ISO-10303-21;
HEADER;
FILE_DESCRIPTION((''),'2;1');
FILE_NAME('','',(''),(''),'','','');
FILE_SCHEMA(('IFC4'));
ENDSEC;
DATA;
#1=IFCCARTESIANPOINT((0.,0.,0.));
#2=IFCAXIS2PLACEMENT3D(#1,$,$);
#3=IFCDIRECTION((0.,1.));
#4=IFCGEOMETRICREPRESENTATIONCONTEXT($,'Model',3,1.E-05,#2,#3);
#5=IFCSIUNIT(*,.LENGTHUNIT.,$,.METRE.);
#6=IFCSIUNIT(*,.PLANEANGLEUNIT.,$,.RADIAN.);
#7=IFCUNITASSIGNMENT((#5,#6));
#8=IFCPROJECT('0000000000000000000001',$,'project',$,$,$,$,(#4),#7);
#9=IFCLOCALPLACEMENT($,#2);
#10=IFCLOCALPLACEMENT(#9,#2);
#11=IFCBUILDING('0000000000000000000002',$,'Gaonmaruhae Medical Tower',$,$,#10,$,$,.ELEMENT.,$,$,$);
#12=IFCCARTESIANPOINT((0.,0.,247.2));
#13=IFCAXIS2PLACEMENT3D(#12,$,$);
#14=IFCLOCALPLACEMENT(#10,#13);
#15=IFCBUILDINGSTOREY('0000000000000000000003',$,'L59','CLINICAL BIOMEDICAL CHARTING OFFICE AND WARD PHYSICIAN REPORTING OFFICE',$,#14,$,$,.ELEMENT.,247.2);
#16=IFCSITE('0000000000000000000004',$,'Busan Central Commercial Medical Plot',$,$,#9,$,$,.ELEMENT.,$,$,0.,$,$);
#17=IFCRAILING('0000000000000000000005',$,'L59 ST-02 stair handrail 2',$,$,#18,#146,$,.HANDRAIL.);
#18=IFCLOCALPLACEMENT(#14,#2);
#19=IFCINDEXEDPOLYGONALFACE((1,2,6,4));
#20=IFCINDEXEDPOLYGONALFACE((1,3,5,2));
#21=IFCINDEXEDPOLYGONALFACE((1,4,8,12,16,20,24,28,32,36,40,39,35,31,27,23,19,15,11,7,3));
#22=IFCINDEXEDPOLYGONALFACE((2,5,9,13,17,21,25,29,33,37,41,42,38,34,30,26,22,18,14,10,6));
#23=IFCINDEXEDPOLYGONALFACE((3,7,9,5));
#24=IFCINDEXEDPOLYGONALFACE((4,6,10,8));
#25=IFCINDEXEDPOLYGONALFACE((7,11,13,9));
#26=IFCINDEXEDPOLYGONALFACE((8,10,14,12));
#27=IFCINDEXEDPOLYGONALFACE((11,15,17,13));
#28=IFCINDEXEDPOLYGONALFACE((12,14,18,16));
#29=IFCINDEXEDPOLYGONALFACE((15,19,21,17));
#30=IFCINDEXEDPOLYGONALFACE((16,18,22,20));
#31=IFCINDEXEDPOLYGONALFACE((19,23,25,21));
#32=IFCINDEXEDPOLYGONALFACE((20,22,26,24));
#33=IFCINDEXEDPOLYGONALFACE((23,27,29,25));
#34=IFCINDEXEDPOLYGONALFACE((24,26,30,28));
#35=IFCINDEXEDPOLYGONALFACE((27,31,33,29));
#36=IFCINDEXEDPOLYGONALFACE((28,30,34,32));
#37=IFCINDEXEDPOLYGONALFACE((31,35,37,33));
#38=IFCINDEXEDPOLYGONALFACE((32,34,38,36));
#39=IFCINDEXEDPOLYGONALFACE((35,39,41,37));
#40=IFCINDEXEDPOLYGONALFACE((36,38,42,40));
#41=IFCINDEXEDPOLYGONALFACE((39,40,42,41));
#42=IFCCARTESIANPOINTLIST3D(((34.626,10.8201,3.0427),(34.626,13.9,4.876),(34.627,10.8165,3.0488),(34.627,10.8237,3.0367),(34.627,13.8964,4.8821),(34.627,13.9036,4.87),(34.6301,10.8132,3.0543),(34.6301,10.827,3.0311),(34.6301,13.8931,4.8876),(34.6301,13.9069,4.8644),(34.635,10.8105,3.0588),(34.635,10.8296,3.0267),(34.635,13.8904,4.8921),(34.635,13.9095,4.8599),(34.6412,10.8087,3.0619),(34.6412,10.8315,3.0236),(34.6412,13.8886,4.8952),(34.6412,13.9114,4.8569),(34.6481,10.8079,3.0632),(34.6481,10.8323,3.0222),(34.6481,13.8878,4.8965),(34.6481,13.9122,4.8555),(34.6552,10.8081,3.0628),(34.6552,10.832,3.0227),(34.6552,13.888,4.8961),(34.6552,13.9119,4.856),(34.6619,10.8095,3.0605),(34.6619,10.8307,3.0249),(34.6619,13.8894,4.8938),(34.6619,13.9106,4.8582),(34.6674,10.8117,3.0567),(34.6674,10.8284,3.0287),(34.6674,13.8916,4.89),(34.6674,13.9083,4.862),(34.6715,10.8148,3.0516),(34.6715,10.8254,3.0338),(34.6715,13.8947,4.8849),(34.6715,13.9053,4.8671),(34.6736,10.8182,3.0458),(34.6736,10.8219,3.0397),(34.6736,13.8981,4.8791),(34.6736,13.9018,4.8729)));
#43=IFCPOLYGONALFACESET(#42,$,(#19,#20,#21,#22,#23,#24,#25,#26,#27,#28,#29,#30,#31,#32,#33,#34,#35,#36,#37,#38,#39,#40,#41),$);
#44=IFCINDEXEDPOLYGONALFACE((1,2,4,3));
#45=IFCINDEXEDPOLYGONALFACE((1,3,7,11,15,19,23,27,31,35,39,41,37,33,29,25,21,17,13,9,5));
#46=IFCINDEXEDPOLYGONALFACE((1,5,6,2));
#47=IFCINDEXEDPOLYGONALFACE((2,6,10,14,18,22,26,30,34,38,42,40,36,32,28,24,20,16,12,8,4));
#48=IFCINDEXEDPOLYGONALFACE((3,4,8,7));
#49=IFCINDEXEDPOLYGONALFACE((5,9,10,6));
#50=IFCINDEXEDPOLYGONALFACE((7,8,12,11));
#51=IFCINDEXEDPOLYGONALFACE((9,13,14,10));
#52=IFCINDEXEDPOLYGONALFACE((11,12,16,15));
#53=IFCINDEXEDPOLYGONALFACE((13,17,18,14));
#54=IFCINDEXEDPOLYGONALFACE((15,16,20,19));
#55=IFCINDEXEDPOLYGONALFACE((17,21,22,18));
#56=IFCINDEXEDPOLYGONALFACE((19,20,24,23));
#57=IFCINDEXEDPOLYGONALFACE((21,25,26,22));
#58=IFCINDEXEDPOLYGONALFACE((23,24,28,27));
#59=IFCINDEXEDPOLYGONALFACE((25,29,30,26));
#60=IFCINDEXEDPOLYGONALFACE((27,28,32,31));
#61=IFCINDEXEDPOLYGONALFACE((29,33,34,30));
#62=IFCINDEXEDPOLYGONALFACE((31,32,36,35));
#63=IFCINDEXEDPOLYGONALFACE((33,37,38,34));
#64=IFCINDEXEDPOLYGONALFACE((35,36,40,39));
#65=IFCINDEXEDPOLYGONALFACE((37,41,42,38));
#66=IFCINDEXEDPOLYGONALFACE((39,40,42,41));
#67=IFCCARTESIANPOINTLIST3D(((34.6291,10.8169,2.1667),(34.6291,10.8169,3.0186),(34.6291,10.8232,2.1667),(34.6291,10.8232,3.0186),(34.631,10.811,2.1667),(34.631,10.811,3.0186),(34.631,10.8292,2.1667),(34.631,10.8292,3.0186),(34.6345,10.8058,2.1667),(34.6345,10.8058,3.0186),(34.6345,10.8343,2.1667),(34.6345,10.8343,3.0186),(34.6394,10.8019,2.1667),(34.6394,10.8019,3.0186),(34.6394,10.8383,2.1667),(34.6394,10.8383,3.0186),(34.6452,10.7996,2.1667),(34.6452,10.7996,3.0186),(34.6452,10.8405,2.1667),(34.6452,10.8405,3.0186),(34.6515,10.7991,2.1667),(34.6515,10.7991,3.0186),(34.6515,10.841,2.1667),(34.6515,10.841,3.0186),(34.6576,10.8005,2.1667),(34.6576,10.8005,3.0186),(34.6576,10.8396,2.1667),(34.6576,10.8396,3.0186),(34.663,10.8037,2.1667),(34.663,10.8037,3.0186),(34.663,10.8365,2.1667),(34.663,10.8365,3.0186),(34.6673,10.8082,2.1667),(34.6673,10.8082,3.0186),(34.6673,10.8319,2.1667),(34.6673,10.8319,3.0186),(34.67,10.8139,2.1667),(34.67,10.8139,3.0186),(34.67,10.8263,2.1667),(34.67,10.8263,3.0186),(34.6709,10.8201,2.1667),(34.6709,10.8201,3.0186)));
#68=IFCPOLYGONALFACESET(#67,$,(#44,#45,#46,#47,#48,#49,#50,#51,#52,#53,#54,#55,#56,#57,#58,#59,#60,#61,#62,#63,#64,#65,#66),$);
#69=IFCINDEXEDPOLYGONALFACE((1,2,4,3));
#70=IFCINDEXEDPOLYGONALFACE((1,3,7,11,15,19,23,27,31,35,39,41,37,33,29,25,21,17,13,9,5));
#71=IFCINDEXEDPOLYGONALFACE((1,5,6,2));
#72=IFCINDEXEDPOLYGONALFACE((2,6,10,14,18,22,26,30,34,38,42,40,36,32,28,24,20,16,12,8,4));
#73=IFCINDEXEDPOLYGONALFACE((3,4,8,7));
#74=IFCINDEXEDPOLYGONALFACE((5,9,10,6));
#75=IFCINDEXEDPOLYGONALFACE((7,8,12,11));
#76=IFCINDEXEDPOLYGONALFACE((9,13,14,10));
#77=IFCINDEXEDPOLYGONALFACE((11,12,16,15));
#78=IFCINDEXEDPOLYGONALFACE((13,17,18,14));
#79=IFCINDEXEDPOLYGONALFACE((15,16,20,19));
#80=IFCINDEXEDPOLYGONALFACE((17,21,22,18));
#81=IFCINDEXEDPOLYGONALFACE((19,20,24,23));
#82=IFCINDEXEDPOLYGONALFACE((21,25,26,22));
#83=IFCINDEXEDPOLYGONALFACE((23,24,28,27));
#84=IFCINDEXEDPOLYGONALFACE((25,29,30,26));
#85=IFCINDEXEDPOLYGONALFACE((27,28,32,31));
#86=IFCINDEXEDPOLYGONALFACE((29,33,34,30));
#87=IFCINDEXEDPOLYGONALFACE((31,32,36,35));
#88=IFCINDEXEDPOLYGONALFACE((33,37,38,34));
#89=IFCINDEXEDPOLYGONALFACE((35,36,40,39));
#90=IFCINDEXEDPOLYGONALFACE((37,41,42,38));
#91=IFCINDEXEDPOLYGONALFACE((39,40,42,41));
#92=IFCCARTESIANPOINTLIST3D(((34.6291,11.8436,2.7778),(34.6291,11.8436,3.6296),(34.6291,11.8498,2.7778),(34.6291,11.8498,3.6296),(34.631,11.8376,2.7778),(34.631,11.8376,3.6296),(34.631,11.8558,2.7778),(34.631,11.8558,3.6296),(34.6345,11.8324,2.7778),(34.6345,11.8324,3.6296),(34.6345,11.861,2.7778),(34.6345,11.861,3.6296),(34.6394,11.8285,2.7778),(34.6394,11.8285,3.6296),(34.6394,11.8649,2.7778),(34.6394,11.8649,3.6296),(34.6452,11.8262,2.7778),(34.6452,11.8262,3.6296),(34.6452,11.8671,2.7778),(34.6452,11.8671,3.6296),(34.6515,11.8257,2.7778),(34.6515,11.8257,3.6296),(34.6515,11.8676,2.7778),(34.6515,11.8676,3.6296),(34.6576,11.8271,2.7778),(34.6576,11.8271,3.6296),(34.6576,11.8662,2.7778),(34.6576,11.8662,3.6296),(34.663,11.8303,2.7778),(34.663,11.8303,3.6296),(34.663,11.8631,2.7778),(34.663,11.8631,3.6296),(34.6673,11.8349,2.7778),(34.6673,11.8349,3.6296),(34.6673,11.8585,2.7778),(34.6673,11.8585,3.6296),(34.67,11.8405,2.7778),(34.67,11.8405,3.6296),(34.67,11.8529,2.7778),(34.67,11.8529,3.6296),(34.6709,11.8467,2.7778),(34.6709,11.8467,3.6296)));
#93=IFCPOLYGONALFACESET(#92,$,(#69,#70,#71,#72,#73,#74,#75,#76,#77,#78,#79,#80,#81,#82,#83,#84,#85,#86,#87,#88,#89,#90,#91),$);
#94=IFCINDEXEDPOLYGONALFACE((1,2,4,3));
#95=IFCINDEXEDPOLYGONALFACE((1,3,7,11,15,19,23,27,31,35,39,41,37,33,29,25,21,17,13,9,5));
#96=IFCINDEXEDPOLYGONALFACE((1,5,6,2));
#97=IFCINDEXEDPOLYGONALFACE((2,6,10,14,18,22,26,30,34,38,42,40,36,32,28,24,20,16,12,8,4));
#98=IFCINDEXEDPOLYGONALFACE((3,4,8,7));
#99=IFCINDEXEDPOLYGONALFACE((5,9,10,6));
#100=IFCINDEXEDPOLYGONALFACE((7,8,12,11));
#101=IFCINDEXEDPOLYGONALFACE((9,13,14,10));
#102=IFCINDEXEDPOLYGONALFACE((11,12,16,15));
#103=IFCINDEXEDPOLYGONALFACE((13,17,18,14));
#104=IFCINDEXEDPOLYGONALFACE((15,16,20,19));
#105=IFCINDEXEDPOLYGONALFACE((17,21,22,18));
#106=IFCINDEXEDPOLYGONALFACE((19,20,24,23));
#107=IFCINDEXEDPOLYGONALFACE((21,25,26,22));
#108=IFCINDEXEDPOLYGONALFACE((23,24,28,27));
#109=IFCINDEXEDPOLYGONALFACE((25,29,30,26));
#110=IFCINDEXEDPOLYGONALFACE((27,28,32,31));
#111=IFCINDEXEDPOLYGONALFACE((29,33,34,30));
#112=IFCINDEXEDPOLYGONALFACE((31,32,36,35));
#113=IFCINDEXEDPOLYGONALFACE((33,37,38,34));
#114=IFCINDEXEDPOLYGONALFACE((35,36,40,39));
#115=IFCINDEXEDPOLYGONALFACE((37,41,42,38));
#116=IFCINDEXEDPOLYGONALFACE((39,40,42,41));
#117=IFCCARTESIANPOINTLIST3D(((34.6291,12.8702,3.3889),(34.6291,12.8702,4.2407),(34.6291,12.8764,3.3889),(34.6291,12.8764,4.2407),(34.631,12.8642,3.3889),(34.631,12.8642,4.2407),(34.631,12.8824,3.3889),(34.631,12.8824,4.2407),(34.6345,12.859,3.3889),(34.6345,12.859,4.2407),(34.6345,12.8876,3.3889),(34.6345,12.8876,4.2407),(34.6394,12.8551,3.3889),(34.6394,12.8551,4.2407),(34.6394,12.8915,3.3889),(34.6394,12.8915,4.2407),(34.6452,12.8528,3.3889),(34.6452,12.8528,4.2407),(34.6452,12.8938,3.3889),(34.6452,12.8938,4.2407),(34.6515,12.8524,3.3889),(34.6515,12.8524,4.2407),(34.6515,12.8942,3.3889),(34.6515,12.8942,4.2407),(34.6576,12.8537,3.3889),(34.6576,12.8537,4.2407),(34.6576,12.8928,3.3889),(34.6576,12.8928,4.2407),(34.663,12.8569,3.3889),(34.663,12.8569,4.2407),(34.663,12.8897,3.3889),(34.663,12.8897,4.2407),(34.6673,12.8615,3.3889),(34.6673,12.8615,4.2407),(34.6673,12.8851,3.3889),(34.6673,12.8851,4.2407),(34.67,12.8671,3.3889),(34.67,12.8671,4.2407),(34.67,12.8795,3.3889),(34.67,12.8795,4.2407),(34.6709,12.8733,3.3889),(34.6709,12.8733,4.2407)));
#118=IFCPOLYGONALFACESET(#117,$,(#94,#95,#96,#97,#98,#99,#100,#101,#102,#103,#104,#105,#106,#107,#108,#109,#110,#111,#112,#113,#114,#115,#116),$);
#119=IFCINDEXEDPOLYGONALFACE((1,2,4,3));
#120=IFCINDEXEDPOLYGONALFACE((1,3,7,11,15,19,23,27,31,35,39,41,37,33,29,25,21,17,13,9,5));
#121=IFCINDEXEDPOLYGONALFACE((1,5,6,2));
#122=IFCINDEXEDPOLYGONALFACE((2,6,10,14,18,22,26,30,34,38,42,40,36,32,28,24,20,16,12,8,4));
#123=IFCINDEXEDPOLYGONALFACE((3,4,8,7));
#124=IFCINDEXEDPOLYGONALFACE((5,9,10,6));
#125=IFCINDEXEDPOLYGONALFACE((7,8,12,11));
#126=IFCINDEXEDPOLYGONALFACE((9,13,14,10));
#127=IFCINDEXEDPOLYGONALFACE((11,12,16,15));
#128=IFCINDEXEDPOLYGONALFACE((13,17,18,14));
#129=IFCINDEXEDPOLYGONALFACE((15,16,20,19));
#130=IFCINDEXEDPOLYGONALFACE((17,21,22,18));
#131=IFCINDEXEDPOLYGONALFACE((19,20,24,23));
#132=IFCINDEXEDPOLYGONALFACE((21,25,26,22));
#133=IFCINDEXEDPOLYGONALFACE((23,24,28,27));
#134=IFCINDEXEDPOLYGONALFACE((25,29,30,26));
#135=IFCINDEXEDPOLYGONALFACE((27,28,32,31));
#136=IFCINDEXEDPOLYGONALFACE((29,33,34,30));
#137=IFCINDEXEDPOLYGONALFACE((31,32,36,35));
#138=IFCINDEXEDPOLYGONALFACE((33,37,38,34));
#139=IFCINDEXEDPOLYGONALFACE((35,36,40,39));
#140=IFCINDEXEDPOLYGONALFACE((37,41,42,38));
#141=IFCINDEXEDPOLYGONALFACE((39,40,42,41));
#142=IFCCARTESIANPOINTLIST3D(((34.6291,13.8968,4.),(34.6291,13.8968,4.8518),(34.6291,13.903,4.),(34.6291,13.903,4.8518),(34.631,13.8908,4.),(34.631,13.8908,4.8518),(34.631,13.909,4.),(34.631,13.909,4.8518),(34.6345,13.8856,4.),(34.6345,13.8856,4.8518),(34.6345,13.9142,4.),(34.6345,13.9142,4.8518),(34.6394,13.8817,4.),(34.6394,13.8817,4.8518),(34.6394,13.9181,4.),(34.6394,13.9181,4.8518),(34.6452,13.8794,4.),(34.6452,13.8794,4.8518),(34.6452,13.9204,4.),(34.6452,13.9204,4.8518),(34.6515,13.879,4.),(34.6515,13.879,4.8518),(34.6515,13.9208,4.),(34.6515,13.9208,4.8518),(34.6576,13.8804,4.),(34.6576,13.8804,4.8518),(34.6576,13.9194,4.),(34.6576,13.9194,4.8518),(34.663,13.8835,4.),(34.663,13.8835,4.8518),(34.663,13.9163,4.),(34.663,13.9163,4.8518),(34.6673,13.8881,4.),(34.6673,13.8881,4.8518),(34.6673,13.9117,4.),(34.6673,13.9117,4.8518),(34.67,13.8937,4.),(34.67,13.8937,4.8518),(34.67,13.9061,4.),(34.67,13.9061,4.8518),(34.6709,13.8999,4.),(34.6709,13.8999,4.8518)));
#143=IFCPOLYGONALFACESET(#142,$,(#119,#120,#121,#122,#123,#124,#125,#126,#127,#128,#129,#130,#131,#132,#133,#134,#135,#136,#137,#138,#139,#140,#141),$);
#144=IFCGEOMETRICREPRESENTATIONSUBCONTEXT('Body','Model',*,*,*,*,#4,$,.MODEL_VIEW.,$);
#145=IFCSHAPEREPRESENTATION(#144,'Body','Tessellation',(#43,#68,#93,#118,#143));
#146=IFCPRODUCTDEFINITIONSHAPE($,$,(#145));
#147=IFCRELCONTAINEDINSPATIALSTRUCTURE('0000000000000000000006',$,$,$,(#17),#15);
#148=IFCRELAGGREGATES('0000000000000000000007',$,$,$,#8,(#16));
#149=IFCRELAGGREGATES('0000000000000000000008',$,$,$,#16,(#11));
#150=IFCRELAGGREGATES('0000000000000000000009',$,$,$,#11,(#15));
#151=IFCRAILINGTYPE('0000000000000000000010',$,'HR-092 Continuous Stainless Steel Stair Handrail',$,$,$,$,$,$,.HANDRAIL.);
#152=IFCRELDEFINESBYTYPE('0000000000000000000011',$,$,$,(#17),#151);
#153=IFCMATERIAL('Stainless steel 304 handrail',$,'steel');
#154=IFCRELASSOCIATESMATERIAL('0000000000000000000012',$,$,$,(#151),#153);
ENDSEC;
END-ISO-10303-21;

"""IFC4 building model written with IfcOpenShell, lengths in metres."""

from ifc_helpers import new_model, si_unit, direction, frame, origin, origin_2d, place, context, subcontext, project, spatial, circle, extrude, material, type_object, element, save


model = new_model("IFC4")

# Units and contexts
model_context = context("Model", 3, precision=1e-05, world=origin(), true_north=direction((0.0, 1.0)))
body_context = subcontext(model_context, "Body", "Model", "MODEL_VIEW")
ifc_project = project(units=[si_unit("LENGTHUNIT", "METRE"), si_unit("PLANEANGLEUNIT", "RADIAN")], contexts=[model_context])

# Site, building, storey
site_placement = place(None, origin())
site = spatial("IfcSite", under=ifc_project, at=site_placement, Name="Busan Central Commercial Medical Plot", CompositionType="ELEMENT", RefElevation=0.0)
building_placement = place(site_placement, origin())
building = spatial("IfcBuilding", under=site, at=building_placement, Name="Gaonmaruhae Medical Tower", CompositionType="ELEMENT")
storey_placement = place(building_placement, frame((0.0, 0.0, 247.2)))
storey = spatial("IfcBuildingStorey", under=building, at=storey_placement, Name="L59", Description="CLINICAL BIOMEDICAL CHARTING OFFICE AND WARD PHYSICIAN REPORTING OFFICE", CompositionType="ELEMENT", Elevation=247.2)

# Railing
ifc_material_1 = material(Name="Stainless steel 304 handrail", Category="steel")
railing_type_1 = type_object("IfcRailingType", Name="HR-092 Continuous Stainless Steel Stair Handrail", PredefinedType="HANDRAIL", material=ifc_material_1)
railing_1_placement = place(storey_placement, frame((34.6499, 10.8201, 2.1667)))
element("IfcRailing", 1, at=railing_1_placement, inside=storey, type_object=railing_type_1, Name="L59 ST-02 stair handrail 2", PredefinedType="HANDRAIL", context=body_context, shape_type="SweptSolid", body=[
    extrude(circle(Radius=0.0239, at=origin_2d()), frame((0.0, 0.0, 0.876), z_axis=(0.0, 0.859291, 0.511487), x_axis=(-1.0, 0.0, 0.0)), (0.0, 0.0, 1.0), 3.5842),
    extrude(circle(Radius=0.021, at=origin_2d()), origin(), (0.0, 0.0, 1.0), 0.8518),
    extrude(circle(Radius=0.021, at=origin_2d()), frame((0.0, 1.0266, 0.6111)), (0.0, 0.0, 1.0), 0.8518),
    extrude(circle(Radius=0.021, at=origin_2d()), frame((0.0, 2.0532, 1.2222)), (0.0, 0.0, 1.0), 0.8518),
    extrude(circle(Radius=0.021, at=origin_2d()), frame((0.0, 3.0798, 1.8333)), (0.0, 0.0, 1.0), 0.8518),
])

save(model, "model.ifc")
